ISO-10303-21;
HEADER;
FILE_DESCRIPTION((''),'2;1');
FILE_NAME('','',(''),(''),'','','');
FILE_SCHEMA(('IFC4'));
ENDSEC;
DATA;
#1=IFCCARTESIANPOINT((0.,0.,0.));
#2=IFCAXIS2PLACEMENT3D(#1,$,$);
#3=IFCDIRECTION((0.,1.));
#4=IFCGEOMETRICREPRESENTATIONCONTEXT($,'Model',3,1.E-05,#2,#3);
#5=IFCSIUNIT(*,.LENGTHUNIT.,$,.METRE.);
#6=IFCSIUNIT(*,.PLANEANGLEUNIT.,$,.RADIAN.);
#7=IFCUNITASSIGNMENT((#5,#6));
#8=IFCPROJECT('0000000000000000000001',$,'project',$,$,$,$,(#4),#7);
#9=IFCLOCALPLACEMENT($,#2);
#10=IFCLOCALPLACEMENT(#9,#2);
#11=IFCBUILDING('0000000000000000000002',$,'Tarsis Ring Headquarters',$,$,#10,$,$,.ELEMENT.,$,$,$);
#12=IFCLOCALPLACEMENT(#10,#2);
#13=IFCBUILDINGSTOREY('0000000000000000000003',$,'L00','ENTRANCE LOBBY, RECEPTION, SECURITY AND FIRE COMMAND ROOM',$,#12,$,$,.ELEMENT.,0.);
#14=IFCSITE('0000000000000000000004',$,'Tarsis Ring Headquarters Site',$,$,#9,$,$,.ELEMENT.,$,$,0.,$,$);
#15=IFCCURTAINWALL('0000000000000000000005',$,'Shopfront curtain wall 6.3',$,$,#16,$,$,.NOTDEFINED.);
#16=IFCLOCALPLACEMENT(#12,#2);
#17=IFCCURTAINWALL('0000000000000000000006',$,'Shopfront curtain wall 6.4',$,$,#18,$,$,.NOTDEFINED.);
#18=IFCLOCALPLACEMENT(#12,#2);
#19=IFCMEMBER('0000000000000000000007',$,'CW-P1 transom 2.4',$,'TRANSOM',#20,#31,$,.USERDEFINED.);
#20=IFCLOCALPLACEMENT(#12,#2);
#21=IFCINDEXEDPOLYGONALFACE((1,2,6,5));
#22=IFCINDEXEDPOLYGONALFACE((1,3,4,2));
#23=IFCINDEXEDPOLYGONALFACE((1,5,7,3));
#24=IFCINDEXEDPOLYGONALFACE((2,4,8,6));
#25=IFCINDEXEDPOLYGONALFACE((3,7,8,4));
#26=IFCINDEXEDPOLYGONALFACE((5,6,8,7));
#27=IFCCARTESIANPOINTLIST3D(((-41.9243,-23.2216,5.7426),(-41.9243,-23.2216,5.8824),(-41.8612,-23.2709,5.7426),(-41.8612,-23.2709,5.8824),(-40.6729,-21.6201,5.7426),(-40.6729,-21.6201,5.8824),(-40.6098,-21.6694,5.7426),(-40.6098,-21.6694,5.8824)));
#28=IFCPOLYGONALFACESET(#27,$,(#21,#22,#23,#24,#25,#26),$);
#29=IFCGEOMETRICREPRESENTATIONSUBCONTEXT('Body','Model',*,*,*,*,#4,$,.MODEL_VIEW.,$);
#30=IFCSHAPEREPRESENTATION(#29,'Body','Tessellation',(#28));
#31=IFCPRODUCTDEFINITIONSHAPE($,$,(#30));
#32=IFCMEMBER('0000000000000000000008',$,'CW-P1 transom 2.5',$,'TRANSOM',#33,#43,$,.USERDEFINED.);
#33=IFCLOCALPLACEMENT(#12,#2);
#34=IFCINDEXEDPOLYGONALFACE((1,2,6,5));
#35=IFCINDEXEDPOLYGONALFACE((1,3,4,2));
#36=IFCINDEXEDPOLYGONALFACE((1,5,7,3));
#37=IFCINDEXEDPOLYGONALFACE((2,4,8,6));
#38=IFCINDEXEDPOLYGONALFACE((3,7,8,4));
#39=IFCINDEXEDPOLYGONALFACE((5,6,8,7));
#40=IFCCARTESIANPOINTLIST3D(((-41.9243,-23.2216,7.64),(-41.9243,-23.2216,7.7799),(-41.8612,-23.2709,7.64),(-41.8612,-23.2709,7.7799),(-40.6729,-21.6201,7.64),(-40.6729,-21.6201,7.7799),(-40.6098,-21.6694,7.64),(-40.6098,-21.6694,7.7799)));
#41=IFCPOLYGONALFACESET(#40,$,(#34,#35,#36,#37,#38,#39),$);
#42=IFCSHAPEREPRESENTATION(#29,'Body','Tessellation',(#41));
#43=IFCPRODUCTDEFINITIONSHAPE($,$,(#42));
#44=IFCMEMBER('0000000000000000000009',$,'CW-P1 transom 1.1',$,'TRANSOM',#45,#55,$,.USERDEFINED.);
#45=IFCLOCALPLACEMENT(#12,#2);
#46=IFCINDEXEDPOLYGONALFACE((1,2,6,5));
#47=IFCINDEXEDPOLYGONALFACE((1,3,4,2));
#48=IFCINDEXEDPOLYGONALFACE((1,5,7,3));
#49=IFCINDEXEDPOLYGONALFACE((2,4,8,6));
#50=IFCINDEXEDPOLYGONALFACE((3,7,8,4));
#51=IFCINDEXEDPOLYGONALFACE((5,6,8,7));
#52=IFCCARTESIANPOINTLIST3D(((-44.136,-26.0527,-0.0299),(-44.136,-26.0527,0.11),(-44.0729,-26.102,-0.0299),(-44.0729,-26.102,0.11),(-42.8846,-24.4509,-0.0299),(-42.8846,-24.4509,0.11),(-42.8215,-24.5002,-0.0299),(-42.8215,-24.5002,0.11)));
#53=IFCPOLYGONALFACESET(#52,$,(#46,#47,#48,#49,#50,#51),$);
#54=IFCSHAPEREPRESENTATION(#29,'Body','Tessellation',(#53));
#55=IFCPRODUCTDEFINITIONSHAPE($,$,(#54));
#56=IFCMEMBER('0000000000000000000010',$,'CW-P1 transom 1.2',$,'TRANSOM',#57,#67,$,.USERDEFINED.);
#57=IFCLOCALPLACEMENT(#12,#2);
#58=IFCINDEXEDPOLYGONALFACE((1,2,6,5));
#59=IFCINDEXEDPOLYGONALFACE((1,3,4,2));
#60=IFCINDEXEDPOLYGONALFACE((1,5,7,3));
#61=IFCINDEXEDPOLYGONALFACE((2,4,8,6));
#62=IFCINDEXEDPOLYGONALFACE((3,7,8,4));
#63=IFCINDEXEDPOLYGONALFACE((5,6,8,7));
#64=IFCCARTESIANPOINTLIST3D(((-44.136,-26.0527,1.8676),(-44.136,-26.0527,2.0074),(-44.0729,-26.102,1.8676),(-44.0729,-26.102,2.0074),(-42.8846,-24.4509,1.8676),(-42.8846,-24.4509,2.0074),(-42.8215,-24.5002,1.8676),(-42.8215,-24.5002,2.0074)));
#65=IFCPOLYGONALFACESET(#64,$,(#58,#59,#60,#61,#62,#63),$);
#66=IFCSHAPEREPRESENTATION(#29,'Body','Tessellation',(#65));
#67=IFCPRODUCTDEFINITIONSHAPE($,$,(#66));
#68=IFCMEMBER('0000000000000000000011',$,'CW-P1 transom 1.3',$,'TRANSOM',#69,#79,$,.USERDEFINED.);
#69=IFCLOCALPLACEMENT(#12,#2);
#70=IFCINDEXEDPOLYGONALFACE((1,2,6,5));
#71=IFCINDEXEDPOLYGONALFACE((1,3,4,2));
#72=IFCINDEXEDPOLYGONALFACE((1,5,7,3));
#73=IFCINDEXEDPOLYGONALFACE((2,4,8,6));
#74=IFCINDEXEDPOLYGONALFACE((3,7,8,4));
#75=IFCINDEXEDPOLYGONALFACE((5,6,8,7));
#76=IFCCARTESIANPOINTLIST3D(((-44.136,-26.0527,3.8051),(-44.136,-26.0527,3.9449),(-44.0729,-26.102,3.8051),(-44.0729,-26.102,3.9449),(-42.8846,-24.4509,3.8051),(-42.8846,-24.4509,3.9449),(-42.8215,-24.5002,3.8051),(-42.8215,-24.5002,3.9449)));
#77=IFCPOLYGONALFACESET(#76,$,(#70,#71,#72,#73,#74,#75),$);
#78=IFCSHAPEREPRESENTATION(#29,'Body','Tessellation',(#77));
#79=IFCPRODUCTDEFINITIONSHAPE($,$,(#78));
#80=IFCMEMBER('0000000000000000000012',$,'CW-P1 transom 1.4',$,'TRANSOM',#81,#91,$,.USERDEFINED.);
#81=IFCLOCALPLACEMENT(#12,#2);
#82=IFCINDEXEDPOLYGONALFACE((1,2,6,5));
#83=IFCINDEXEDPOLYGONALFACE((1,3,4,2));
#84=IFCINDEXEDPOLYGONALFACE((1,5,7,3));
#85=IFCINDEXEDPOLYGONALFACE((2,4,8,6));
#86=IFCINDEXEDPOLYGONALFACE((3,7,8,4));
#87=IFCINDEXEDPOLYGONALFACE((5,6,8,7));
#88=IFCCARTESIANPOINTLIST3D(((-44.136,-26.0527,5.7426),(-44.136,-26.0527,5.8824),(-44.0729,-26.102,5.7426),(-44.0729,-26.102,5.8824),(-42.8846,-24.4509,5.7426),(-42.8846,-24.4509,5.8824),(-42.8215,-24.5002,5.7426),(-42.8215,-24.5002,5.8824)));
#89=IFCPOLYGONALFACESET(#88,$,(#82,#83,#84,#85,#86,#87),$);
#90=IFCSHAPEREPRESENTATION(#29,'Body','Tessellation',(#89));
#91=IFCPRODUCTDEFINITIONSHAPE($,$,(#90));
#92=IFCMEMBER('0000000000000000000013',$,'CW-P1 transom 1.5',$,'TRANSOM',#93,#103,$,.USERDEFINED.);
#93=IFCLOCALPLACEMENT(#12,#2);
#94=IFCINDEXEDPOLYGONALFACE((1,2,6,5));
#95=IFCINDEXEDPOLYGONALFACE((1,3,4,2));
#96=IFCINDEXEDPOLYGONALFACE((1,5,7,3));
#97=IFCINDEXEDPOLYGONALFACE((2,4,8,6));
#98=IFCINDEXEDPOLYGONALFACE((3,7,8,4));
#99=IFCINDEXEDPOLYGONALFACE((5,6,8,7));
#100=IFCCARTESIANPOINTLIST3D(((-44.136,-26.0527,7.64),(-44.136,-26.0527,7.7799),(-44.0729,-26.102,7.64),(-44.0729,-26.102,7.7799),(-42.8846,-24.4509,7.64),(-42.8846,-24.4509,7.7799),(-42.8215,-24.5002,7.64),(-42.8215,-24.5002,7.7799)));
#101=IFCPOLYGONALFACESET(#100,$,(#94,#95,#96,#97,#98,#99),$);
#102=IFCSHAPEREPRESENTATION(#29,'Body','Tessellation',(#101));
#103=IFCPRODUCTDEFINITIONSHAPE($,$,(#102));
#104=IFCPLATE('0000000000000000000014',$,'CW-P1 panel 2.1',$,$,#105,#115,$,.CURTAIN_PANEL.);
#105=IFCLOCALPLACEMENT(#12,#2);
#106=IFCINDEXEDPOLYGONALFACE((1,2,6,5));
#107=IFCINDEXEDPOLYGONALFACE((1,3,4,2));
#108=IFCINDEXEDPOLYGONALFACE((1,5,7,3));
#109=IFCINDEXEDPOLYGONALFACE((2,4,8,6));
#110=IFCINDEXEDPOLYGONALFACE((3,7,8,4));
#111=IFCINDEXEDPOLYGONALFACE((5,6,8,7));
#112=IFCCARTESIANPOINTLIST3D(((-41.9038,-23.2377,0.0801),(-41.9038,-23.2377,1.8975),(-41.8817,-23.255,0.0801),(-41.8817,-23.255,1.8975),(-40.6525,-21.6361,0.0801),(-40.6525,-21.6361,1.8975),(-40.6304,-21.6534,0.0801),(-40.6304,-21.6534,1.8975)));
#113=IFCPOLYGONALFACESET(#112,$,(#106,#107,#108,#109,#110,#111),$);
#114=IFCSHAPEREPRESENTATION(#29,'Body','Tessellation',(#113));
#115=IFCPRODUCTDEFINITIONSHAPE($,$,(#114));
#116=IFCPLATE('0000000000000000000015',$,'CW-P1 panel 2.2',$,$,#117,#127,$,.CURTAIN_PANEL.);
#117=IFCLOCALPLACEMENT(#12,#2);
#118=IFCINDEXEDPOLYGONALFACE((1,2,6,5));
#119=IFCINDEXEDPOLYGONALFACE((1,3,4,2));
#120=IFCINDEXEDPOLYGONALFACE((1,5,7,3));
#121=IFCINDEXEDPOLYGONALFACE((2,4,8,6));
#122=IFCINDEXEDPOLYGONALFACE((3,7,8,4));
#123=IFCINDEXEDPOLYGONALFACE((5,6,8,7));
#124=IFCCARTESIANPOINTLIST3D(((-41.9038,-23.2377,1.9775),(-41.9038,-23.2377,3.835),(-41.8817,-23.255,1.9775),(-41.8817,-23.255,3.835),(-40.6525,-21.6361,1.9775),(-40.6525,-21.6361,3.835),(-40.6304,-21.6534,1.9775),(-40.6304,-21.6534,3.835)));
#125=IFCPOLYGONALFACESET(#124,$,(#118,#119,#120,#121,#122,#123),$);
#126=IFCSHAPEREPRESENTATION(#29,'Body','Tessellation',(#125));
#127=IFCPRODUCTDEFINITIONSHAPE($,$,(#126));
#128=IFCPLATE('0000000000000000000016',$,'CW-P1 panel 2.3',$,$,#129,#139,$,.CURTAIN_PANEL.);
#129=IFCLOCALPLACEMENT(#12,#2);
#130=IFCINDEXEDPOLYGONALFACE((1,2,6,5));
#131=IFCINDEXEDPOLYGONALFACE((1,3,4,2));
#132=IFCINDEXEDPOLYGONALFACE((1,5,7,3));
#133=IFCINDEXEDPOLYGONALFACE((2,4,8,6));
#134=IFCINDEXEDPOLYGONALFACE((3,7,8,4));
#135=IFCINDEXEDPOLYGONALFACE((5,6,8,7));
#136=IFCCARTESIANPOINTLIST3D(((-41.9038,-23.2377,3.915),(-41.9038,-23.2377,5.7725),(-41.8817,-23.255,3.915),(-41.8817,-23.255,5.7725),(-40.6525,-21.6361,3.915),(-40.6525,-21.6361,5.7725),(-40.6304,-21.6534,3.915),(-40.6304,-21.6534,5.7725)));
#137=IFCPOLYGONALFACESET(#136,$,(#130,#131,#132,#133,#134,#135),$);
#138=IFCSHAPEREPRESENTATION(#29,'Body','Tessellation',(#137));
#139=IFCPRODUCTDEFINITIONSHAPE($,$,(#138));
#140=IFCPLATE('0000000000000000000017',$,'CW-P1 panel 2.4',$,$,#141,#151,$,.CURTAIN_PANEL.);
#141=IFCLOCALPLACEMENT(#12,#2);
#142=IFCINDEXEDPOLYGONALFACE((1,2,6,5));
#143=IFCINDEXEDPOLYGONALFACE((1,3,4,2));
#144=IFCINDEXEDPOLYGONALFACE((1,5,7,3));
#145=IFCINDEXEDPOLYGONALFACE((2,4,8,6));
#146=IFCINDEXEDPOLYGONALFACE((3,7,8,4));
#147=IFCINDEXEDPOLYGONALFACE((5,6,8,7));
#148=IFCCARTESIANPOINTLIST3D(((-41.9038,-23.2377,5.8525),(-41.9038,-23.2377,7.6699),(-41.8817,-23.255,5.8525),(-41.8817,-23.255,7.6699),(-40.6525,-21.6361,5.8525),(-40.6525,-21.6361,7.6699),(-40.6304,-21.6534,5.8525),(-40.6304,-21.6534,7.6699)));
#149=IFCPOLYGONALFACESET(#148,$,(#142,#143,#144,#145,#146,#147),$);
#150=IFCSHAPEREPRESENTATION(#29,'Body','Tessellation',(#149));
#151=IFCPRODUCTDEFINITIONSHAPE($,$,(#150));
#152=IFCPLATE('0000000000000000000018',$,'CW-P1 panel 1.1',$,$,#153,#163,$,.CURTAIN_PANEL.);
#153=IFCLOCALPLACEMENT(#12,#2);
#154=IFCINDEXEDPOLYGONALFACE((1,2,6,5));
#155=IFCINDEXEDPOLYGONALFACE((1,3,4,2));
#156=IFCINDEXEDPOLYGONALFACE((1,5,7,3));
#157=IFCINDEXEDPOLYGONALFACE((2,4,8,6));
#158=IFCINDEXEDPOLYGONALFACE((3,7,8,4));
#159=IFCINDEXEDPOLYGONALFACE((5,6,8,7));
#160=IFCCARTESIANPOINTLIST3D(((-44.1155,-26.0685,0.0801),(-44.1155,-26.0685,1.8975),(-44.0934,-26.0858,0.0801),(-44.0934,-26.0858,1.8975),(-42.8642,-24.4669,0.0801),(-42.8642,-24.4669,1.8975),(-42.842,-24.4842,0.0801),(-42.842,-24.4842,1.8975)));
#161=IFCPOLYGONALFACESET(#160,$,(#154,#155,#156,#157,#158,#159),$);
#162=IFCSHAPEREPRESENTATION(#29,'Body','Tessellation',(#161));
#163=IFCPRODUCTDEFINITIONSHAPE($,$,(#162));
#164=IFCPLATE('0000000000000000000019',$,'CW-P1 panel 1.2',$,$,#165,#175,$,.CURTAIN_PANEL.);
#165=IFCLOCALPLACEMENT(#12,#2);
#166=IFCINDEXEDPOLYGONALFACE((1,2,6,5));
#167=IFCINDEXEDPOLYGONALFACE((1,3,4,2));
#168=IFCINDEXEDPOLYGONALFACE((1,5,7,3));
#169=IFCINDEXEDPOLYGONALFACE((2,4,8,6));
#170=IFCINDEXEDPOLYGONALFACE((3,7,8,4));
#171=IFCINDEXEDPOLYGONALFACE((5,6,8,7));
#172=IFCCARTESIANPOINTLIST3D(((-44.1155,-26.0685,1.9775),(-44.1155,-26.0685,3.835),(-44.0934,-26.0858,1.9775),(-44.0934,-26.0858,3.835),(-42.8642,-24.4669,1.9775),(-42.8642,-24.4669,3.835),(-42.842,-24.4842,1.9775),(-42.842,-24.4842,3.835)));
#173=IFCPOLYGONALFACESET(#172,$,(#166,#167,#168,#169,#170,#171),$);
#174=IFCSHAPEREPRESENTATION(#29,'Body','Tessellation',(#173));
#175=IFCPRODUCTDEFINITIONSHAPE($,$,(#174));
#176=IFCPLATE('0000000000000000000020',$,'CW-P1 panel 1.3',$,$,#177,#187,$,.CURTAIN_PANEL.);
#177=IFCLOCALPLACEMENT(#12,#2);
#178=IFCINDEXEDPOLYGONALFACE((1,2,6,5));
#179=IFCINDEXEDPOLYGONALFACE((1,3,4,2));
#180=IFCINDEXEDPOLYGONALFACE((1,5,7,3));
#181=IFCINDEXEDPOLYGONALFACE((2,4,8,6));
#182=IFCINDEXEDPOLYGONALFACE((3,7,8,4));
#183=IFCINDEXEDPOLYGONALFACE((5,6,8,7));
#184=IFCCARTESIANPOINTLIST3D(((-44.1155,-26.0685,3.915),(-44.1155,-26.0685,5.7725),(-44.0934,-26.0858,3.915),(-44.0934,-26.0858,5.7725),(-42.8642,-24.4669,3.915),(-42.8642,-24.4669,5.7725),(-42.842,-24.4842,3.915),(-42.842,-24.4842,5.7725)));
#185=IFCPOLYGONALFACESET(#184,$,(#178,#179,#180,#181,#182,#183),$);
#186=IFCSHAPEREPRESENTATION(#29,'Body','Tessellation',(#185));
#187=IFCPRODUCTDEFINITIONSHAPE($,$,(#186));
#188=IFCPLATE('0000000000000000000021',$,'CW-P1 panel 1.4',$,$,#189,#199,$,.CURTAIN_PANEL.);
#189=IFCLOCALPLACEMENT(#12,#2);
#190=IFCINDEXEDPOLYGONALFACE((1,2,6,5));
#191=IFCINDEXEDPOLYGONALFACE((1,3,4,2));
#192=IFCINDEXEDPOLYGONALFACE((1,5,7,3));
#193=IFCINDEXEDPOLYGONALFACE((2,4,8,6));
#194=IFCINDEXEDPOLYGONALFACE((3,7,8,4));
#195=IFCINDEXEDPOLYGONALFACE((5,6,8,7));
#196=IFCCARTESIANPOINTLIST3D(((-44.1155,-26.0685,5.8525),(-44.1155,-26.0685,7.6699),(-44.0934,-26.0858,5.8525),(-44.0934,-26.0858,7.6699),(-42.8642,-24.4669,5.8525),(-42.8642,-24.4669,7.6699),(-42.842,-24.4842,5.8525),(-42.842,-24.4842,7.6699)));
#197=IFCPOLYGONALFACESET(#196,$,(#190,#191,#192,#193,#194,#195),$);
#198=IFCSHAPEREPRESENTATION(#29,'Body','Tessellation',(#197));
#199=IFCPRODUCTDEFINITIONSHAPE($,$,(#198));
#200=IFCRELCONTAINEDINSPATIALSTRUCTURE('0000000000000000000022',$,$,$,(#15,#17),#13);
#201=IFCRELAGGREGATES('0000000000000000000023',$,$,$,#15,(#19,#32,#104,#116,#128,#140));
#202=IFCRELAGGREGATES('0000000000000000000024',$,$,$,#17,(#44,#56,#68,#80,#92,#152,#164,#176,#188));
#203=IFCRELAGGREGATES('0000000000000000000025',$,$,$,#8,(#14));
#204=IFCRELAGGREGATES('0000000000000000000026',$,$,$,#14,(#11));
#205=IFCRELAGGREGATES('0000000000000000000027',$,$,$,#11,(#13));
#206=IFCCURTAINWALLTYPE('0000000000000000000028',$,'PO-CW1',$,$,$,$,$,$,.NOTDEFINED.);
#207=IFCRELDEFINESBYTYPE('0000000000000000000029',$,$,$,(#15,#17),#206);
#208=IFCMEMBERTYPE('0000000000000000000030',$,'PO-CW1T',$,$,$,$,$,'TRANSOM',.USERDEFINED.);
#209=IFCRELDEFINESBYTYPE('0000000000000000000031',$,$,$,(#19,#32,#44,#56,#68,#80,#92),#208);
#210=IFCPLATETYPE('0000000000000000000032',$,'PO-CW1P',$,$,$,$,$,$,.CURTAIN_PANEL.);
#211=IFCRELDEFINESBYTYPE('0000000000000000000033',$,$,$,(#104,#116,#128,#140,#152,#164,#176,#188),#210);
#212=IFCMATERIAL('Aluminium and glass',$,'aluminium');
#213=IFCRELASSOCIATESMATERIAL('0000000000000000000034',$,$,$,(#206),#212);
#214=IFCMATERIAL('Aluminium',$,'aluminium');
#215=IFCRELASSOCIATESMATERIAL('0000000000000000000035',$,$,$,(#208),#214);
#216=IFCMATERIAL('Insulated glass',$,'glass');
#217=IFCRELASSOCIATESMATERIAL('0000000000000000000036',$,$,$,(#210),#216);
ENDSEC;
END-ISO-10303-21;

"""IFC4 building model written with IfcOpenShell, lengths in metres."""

from ifc_helpers import new_model, si_unit, direction, frame, origin, origin_2d, place, context, subcontext, project, spatial, rectangle, extrude, material, material_profile, profile_set, type_object, element, aggregate, save


model = new_model("IFC4")

# Units and contexts
model_context = context("Model", 3, precision=1e-05, world=origin(), true_north=direction((0.0, 1.0)))
body_context = subcontext(model_context, "Body", "Model", "MODEL_VIEW")
ifc_project = project(units=[si_unit("LENGTHUNIT", "METRE"), si_unit("PLANEANGLEUNIT", "RADIAN")], contexts=[model_context])

# Site, building, storey
site_placement = place(None, origin())
site = spatial("IfcSite", under=ifc_project, at=site_placement, Name="Tarsis Ring Headquarters Site", CompositionType="ELEMENT", RefElevation=0.0)
building_placement = place(site_placement, origin())
building = spatial("IfcBuilding", under=site, at=building_placement, Name="Tarsis Ring Headquarters", CompositionType="ELEMENT")
storey_placement = place(building_placement, origin())
storey = spatial("IfcBuildingStorey", under=building, at=storey_placement, Name="L00", Description="ENTRANCE LOBBY, RECEPTION, SECURITY AND FIRE COMMAND ROOM", CompositionType="ELEMENT", Elevation=0.0)

# Curtain walls
ifc_material_1 = material(Name="Aluminium and glass", Category="aluminium")
curtain_wall_type = type_object("IfcCurtainWallType", Name="PO-CW1", PredefinedType="NOTDEFINED", material=ifc_material_1)
curtain_wall_1_placement = place(storey_placement, origin())
curtain_wall_1 = element("IfcCurtainWall", 1, at=curtain_wall_1_placement, inside=storey, type_object=curtain_wall_type, Name="Shopfront curtain wall 6.3", PredefinedType="NOTDEFINED")
ifc_material_2 = material(Name="Aluminium", Category="aluminium")
curtain_wall_2_placement = place(storey_placement, origin())
curtain_wall_2 = element("IfcCurtainWall", 2, at=curtain_wall_2_placement, inside=storey, type_object=curtain_wall_type, Name="Shopfront curtain wall 6.4", PredefinedType="NOTDEFINED")

# Members
ifc_material_profile_1 = material_profile(ifc_material_2, rectangle(XDim=0.0801, YDim=0.1399, at=origin_2d()), Name="PO-CW1T")
ifc_profile_set_1 = profile_set([ifc_material_profile_1], Name="Aluminium")
member_type_1 = type_object("IfcMemberType", Name="PO-CW1T", ElementType="TRANSOM", PredefinedType="USERDEFINED", material=ifc_profile_set_1)
member_1_placement = place(storey_placement, frame((-40.6414, -21.6448, 5.8125), z_axis=(-0.615719, -0.787966, 0.0), x_axis=(0.787966, -0.615719, 0.0)))
member_1 = element("IfcMember", 3, at=member_1_placement, type_object=member_type_1, Name="CW-P1 transom 2.4", ObjectType="TRANSOM", PredefinedType="USERDEFINED", context=body_context, shape_type="SweptSolid", body=[
    extrude(rectangle(XDim=0.0801, YDim=0.1399, at=origin_2d()), origin(), (0.0, 0.0, 1.0), 2.0325),
])
member_2_placement = place(storey_placement, frame((-40.6414, -21.6448, 7.71), z_axis=(-0.615719, -0.787966, 0.0), x_axis=(0.787966, -0.615719, 0.0)))
member_2 = element("IfcMember", 4, at=member_2_placement, type_object=member_type_1, Name="CW-P1 transom 2.5", ObjectType="TRANSOM", PredefinedType="USERDEFINED", context=body_context, shape_type="SweptSolid", body=[
    extrude(rectangle(XDim=0.0801, YDim=0.1399, at=origin_2d()), origin(), (0.0, 0.0, 1.0), 2.0325),
])
member_3_placement = place(storey_placement, frame((-42.853, -24.4756, 0.04), z_axis=(-0.61566, -0.788012, 0.0), x_axis=(0.788012, -0.61566, 0.0)))
member_3 = element("IfcMember", 5, at=member_3_placement, type_object=member_type_1, Name="CW-P1 transom 1.1", ObjectType="TRANSOM", PredefinedType="USERDEFINED", context=body_context, shape_type="SweptSolid", body=[
    extrude(rectangle(XDim=0.0801, YDim=0.1399, at=origin_2d()), origin(), (0.0, 0.0, 1.0), 2.0327),
])
member_4_placement = place(storey_placement, frame((-42.853, -24.4756, 1.9375), z_axis=(-0.61566, -0.788012, 0.0), x_axis=(0.788012, -0.61566, 0.0)))
member_4 = element("IfcMember", 6, at=member_4_placement, type_object=member_type_1, Name="CW-P1 transom 1.2", ObjectType="TRANSOM", PredefinedType="USERDEFINED", context=body_context, shape_type="SweptSolid", body=[
    extrude(rectangle(XDim=0.0801, YDim=0.1399, at=origin_2d()), origin(), (0.0, 0.0, 1.0), 2.0327),
])
member_5_placement = place(storey_placement, frame((-42.853, -24.4756, 3.875), z_axis=(-0.61566, -0.788012, 0.0), x_axis=(0.788012, -0.61566, 0.0)))
member_5 = element("IfcMember", 7, at=member_5_placement, type_object=member_type_1, Name="CW-P1 transom 1.3", ObjectType="TRANSOM", PredefinedType="USERDEFINED", context=body_context, shape_type="SweptSolid", body=[
    extrude(rectangle(XDim=0.0801, YDim=0.1399, at=origin_2d()), origin(), (0.0, 0.0, 1.0), 2.0327),
])
member_6_placement = place(storey_placement, frame((-42.853, -24.4756, 5.8125), z_axis=(-0.61566, -0.788012, 0.0), x_axis=(0.788012, -0.61566, 0.0)))
member_6 = element("IfcMember", 8, at=member_6_placement, type_object=member_type_1, Name="CW-P1 transom 1.4", ObjectType="TRANSOM", PredefinedType="USERDEFINED", context=body_context, shape_type="SweptSolid", body=[
    extrude(rectangle(XDim=0.0801, YDim=0.1399, at=origin_2d()), origin(), (0.0, 0.0, 1.0), 2.0327),
])
member_7_placement = place(storey_placement, frame((-42.853, -24.4756, 7.71), z_axis=(-0.61566, -0.788012, 0.0), x_axis=(0.788012, -0.61566, 0.0)))
member_7 = element("IfcMember", 9, at=member_7_placement, type_object=member_type_1, Name="CW-P1 transom 1.5", ObjectType="TRANSOM", PredefinedType="USERDEFINED", context=body_context, shape_type="SweptSolid", body=[
    extrude(rectangle(XDim=0.0801, YDim=0.1399, at=origin_2d()), origin(), (0.0, 0.0, 1.0), 2.0327),
])

# Plates
ifc_material_3 = material(Name="Insulated glass", Category="glass")
plate_type = type_object("IfcPlateType", Name="PO-CW1P", PredefinedType="CURTAIN_PANEL", material=ifc_material_3)
plate_1_placement = place(storey_placement, frame((-41.2671, -22.4456, 0.0801), z_axis=(0.0, 0.0, 1.0), x_axis=(-0.615662, -0.788011, 0.0)))
plate_1 = element("IfcPlate", 10, at=plate_1_placement, type_object=plate_type, Name="CW-P1 panel 2.1", PredefinedType="CURTAIN_PANEL", context=body_context, shape_type="SweptSolid", body=[
    extrude(rectangle(XDim=2.0325, YDim=0.0281, at=origin_2d()), origin(), (0.0, 0.0, 1.0), 1.8174),
])
plate_2_placement = place(storey_placement, frame((-41.2671, -22.4456, 1.9775), z_axis=(0.0, 0.0, 1.0), x_axis=(-0.615662, -0.788011, 0.0)))
plate_2 = element("IfcPlate", 11, at=plate_2_placement, type_object=plate_type, Name="CW-P1 panel 2.2", PredefinedType="CURTAIN_PANEL", context=body_context, shape_type="SweptSolid", body=[
    extrude(rectangle(XDim=2.0325, YDim=0.0281, at=origin_2d()), origin(), (0.0, 0.0, 1.0), 1.8574),
])
plate_3_placement = place(storey_placement, frame((-41.2671, -22.4456, 3.915), z_axis=(0.0, 0.0, 1.0), x_axis=(-0.615662, -0.788011, 0.0)))
plate_3 = element("IfcPlate", 12, at=plate_3_placement, type_object=plate_type, Name="CW-P1 panel 2.3", PredefinedType="CURTAIN_PANEL", context=body_context, shape_type="SweptSolid", body=[
    extrude(rectangle(XDim=2.0325, YDim=0.0281, at=origin_2d()), origin(), (0.0, 0.0, 1.0), 1.8574),
])
plate_4_placement = place(storey_placement, frame((-41.2671, -22.4456, 5.8525), z_axis=(0.0, 0.0, 1.0), x_axis=(-0.615662, -0.788011, 0.0)))
plate_4 = element("IfcPlate", 13, at=plate_4_placement, type_object=plate_type, Name="CW-P1 panel 2.4", PredefinedType="CURTAIN_PANEL", context=body_context, shape_type="SweptSolid", body=[
    extrude(rectangle(XDim=2.0325, YDim=0.0281, at=origin_2d()), origin(), (0.0, 0.0, 1.0), 1.8174),
])
aggregate(curtain_wall_1, [member_1, member_2, plate_1, plate_2, plate_3, plate_4])
plate_5_placement = place(storey_placement, frame((-43.4788, -25.2764, 0.0801), z_axis=(0.0, 0.0, 1.0), x_axis=(-0.615661, -0.788011, 0.0)))
plate_5 = element("IfcPlate", 14, at=plate_5_placement, type_object=plate_type, Name="CW-P1 panel 1.1", PredefinedType="CURTAIN_PANEL", context=body_context, shape_type="SweptSolid", body=[
    extrude(rectangle(XDim=2.0325, YDim=0.0281, at=origin_2d()), origin(), (0.0, 0.0, 1.0), 1.8174),
])
plate_6_placement = place(storey_placement, frame((-43.4788, -25.2764, 1.9775), z_axis=(0.0, 0.0, 1.0), x_axis=(-0.615661, -0.788011, 0.0)))
plate_6 = element("IfcPlate", 15, at=plate_6_placement, type_object=plate_type, Name="CW-P1 panel 1.2", PredefinedType="CURTAIN_PANEL", context=body_context, shape_type="SweptSolid", body=[
    extrude(rectangle(XDim=2.0325, YDim=0.0281, at=origin_2d()), origin(), (0.0, 0.0, 1.0), 1.8574),
])
plate_7_placement = place(storey_placement, frame((-43.4788, -25.2764, 3.915), z_axis=(0.0, 0.0, 1.0), x_axis=(-0.615661, -0.788011, 0.0)))
plate_7 = element("IfcPlate", 16, at=plate_7_placement, type_object=plate_type, Name="CW-P1 panel 1.3", PredefinedType="CURTAIN_PANEL", context=body_context, shape_type="SweptSolid", body=[
    extrude(rectangle(XDim=2.0325, YDim=0.0281, at=origin_2d()), origin(), (0.0, 0.0, 1.0), 1.8574),
])
plate_8_placement = place(storey_placement, frame((-43.4788, -25.2764, 5.8525), z_axis=(0.0, 0.0, 1.0), x_axis=(-0.615661, -0.788011, 0.0)))
plate_8 = element("IfcPlate", 17, at=plate_8_placement, type_object=plate_type, Name="CW-P1 panel 1.4", PredefinedType="CURTAIN_PANEL", context=body_context, shape_type="SweptSolid", body=[
    extrude(rectangle(XDim=2.0325, YDim=0.0281, at=origin_2d()), origin(), (0.0, 0.0, 1.0), 1.8174),
])
aggregate(curtain_wall_2, [member_3, member_4, member_5, member_6, member_7, plate_5, plate_6, plate_7, plate_8])

save(model, "model.ifc")
